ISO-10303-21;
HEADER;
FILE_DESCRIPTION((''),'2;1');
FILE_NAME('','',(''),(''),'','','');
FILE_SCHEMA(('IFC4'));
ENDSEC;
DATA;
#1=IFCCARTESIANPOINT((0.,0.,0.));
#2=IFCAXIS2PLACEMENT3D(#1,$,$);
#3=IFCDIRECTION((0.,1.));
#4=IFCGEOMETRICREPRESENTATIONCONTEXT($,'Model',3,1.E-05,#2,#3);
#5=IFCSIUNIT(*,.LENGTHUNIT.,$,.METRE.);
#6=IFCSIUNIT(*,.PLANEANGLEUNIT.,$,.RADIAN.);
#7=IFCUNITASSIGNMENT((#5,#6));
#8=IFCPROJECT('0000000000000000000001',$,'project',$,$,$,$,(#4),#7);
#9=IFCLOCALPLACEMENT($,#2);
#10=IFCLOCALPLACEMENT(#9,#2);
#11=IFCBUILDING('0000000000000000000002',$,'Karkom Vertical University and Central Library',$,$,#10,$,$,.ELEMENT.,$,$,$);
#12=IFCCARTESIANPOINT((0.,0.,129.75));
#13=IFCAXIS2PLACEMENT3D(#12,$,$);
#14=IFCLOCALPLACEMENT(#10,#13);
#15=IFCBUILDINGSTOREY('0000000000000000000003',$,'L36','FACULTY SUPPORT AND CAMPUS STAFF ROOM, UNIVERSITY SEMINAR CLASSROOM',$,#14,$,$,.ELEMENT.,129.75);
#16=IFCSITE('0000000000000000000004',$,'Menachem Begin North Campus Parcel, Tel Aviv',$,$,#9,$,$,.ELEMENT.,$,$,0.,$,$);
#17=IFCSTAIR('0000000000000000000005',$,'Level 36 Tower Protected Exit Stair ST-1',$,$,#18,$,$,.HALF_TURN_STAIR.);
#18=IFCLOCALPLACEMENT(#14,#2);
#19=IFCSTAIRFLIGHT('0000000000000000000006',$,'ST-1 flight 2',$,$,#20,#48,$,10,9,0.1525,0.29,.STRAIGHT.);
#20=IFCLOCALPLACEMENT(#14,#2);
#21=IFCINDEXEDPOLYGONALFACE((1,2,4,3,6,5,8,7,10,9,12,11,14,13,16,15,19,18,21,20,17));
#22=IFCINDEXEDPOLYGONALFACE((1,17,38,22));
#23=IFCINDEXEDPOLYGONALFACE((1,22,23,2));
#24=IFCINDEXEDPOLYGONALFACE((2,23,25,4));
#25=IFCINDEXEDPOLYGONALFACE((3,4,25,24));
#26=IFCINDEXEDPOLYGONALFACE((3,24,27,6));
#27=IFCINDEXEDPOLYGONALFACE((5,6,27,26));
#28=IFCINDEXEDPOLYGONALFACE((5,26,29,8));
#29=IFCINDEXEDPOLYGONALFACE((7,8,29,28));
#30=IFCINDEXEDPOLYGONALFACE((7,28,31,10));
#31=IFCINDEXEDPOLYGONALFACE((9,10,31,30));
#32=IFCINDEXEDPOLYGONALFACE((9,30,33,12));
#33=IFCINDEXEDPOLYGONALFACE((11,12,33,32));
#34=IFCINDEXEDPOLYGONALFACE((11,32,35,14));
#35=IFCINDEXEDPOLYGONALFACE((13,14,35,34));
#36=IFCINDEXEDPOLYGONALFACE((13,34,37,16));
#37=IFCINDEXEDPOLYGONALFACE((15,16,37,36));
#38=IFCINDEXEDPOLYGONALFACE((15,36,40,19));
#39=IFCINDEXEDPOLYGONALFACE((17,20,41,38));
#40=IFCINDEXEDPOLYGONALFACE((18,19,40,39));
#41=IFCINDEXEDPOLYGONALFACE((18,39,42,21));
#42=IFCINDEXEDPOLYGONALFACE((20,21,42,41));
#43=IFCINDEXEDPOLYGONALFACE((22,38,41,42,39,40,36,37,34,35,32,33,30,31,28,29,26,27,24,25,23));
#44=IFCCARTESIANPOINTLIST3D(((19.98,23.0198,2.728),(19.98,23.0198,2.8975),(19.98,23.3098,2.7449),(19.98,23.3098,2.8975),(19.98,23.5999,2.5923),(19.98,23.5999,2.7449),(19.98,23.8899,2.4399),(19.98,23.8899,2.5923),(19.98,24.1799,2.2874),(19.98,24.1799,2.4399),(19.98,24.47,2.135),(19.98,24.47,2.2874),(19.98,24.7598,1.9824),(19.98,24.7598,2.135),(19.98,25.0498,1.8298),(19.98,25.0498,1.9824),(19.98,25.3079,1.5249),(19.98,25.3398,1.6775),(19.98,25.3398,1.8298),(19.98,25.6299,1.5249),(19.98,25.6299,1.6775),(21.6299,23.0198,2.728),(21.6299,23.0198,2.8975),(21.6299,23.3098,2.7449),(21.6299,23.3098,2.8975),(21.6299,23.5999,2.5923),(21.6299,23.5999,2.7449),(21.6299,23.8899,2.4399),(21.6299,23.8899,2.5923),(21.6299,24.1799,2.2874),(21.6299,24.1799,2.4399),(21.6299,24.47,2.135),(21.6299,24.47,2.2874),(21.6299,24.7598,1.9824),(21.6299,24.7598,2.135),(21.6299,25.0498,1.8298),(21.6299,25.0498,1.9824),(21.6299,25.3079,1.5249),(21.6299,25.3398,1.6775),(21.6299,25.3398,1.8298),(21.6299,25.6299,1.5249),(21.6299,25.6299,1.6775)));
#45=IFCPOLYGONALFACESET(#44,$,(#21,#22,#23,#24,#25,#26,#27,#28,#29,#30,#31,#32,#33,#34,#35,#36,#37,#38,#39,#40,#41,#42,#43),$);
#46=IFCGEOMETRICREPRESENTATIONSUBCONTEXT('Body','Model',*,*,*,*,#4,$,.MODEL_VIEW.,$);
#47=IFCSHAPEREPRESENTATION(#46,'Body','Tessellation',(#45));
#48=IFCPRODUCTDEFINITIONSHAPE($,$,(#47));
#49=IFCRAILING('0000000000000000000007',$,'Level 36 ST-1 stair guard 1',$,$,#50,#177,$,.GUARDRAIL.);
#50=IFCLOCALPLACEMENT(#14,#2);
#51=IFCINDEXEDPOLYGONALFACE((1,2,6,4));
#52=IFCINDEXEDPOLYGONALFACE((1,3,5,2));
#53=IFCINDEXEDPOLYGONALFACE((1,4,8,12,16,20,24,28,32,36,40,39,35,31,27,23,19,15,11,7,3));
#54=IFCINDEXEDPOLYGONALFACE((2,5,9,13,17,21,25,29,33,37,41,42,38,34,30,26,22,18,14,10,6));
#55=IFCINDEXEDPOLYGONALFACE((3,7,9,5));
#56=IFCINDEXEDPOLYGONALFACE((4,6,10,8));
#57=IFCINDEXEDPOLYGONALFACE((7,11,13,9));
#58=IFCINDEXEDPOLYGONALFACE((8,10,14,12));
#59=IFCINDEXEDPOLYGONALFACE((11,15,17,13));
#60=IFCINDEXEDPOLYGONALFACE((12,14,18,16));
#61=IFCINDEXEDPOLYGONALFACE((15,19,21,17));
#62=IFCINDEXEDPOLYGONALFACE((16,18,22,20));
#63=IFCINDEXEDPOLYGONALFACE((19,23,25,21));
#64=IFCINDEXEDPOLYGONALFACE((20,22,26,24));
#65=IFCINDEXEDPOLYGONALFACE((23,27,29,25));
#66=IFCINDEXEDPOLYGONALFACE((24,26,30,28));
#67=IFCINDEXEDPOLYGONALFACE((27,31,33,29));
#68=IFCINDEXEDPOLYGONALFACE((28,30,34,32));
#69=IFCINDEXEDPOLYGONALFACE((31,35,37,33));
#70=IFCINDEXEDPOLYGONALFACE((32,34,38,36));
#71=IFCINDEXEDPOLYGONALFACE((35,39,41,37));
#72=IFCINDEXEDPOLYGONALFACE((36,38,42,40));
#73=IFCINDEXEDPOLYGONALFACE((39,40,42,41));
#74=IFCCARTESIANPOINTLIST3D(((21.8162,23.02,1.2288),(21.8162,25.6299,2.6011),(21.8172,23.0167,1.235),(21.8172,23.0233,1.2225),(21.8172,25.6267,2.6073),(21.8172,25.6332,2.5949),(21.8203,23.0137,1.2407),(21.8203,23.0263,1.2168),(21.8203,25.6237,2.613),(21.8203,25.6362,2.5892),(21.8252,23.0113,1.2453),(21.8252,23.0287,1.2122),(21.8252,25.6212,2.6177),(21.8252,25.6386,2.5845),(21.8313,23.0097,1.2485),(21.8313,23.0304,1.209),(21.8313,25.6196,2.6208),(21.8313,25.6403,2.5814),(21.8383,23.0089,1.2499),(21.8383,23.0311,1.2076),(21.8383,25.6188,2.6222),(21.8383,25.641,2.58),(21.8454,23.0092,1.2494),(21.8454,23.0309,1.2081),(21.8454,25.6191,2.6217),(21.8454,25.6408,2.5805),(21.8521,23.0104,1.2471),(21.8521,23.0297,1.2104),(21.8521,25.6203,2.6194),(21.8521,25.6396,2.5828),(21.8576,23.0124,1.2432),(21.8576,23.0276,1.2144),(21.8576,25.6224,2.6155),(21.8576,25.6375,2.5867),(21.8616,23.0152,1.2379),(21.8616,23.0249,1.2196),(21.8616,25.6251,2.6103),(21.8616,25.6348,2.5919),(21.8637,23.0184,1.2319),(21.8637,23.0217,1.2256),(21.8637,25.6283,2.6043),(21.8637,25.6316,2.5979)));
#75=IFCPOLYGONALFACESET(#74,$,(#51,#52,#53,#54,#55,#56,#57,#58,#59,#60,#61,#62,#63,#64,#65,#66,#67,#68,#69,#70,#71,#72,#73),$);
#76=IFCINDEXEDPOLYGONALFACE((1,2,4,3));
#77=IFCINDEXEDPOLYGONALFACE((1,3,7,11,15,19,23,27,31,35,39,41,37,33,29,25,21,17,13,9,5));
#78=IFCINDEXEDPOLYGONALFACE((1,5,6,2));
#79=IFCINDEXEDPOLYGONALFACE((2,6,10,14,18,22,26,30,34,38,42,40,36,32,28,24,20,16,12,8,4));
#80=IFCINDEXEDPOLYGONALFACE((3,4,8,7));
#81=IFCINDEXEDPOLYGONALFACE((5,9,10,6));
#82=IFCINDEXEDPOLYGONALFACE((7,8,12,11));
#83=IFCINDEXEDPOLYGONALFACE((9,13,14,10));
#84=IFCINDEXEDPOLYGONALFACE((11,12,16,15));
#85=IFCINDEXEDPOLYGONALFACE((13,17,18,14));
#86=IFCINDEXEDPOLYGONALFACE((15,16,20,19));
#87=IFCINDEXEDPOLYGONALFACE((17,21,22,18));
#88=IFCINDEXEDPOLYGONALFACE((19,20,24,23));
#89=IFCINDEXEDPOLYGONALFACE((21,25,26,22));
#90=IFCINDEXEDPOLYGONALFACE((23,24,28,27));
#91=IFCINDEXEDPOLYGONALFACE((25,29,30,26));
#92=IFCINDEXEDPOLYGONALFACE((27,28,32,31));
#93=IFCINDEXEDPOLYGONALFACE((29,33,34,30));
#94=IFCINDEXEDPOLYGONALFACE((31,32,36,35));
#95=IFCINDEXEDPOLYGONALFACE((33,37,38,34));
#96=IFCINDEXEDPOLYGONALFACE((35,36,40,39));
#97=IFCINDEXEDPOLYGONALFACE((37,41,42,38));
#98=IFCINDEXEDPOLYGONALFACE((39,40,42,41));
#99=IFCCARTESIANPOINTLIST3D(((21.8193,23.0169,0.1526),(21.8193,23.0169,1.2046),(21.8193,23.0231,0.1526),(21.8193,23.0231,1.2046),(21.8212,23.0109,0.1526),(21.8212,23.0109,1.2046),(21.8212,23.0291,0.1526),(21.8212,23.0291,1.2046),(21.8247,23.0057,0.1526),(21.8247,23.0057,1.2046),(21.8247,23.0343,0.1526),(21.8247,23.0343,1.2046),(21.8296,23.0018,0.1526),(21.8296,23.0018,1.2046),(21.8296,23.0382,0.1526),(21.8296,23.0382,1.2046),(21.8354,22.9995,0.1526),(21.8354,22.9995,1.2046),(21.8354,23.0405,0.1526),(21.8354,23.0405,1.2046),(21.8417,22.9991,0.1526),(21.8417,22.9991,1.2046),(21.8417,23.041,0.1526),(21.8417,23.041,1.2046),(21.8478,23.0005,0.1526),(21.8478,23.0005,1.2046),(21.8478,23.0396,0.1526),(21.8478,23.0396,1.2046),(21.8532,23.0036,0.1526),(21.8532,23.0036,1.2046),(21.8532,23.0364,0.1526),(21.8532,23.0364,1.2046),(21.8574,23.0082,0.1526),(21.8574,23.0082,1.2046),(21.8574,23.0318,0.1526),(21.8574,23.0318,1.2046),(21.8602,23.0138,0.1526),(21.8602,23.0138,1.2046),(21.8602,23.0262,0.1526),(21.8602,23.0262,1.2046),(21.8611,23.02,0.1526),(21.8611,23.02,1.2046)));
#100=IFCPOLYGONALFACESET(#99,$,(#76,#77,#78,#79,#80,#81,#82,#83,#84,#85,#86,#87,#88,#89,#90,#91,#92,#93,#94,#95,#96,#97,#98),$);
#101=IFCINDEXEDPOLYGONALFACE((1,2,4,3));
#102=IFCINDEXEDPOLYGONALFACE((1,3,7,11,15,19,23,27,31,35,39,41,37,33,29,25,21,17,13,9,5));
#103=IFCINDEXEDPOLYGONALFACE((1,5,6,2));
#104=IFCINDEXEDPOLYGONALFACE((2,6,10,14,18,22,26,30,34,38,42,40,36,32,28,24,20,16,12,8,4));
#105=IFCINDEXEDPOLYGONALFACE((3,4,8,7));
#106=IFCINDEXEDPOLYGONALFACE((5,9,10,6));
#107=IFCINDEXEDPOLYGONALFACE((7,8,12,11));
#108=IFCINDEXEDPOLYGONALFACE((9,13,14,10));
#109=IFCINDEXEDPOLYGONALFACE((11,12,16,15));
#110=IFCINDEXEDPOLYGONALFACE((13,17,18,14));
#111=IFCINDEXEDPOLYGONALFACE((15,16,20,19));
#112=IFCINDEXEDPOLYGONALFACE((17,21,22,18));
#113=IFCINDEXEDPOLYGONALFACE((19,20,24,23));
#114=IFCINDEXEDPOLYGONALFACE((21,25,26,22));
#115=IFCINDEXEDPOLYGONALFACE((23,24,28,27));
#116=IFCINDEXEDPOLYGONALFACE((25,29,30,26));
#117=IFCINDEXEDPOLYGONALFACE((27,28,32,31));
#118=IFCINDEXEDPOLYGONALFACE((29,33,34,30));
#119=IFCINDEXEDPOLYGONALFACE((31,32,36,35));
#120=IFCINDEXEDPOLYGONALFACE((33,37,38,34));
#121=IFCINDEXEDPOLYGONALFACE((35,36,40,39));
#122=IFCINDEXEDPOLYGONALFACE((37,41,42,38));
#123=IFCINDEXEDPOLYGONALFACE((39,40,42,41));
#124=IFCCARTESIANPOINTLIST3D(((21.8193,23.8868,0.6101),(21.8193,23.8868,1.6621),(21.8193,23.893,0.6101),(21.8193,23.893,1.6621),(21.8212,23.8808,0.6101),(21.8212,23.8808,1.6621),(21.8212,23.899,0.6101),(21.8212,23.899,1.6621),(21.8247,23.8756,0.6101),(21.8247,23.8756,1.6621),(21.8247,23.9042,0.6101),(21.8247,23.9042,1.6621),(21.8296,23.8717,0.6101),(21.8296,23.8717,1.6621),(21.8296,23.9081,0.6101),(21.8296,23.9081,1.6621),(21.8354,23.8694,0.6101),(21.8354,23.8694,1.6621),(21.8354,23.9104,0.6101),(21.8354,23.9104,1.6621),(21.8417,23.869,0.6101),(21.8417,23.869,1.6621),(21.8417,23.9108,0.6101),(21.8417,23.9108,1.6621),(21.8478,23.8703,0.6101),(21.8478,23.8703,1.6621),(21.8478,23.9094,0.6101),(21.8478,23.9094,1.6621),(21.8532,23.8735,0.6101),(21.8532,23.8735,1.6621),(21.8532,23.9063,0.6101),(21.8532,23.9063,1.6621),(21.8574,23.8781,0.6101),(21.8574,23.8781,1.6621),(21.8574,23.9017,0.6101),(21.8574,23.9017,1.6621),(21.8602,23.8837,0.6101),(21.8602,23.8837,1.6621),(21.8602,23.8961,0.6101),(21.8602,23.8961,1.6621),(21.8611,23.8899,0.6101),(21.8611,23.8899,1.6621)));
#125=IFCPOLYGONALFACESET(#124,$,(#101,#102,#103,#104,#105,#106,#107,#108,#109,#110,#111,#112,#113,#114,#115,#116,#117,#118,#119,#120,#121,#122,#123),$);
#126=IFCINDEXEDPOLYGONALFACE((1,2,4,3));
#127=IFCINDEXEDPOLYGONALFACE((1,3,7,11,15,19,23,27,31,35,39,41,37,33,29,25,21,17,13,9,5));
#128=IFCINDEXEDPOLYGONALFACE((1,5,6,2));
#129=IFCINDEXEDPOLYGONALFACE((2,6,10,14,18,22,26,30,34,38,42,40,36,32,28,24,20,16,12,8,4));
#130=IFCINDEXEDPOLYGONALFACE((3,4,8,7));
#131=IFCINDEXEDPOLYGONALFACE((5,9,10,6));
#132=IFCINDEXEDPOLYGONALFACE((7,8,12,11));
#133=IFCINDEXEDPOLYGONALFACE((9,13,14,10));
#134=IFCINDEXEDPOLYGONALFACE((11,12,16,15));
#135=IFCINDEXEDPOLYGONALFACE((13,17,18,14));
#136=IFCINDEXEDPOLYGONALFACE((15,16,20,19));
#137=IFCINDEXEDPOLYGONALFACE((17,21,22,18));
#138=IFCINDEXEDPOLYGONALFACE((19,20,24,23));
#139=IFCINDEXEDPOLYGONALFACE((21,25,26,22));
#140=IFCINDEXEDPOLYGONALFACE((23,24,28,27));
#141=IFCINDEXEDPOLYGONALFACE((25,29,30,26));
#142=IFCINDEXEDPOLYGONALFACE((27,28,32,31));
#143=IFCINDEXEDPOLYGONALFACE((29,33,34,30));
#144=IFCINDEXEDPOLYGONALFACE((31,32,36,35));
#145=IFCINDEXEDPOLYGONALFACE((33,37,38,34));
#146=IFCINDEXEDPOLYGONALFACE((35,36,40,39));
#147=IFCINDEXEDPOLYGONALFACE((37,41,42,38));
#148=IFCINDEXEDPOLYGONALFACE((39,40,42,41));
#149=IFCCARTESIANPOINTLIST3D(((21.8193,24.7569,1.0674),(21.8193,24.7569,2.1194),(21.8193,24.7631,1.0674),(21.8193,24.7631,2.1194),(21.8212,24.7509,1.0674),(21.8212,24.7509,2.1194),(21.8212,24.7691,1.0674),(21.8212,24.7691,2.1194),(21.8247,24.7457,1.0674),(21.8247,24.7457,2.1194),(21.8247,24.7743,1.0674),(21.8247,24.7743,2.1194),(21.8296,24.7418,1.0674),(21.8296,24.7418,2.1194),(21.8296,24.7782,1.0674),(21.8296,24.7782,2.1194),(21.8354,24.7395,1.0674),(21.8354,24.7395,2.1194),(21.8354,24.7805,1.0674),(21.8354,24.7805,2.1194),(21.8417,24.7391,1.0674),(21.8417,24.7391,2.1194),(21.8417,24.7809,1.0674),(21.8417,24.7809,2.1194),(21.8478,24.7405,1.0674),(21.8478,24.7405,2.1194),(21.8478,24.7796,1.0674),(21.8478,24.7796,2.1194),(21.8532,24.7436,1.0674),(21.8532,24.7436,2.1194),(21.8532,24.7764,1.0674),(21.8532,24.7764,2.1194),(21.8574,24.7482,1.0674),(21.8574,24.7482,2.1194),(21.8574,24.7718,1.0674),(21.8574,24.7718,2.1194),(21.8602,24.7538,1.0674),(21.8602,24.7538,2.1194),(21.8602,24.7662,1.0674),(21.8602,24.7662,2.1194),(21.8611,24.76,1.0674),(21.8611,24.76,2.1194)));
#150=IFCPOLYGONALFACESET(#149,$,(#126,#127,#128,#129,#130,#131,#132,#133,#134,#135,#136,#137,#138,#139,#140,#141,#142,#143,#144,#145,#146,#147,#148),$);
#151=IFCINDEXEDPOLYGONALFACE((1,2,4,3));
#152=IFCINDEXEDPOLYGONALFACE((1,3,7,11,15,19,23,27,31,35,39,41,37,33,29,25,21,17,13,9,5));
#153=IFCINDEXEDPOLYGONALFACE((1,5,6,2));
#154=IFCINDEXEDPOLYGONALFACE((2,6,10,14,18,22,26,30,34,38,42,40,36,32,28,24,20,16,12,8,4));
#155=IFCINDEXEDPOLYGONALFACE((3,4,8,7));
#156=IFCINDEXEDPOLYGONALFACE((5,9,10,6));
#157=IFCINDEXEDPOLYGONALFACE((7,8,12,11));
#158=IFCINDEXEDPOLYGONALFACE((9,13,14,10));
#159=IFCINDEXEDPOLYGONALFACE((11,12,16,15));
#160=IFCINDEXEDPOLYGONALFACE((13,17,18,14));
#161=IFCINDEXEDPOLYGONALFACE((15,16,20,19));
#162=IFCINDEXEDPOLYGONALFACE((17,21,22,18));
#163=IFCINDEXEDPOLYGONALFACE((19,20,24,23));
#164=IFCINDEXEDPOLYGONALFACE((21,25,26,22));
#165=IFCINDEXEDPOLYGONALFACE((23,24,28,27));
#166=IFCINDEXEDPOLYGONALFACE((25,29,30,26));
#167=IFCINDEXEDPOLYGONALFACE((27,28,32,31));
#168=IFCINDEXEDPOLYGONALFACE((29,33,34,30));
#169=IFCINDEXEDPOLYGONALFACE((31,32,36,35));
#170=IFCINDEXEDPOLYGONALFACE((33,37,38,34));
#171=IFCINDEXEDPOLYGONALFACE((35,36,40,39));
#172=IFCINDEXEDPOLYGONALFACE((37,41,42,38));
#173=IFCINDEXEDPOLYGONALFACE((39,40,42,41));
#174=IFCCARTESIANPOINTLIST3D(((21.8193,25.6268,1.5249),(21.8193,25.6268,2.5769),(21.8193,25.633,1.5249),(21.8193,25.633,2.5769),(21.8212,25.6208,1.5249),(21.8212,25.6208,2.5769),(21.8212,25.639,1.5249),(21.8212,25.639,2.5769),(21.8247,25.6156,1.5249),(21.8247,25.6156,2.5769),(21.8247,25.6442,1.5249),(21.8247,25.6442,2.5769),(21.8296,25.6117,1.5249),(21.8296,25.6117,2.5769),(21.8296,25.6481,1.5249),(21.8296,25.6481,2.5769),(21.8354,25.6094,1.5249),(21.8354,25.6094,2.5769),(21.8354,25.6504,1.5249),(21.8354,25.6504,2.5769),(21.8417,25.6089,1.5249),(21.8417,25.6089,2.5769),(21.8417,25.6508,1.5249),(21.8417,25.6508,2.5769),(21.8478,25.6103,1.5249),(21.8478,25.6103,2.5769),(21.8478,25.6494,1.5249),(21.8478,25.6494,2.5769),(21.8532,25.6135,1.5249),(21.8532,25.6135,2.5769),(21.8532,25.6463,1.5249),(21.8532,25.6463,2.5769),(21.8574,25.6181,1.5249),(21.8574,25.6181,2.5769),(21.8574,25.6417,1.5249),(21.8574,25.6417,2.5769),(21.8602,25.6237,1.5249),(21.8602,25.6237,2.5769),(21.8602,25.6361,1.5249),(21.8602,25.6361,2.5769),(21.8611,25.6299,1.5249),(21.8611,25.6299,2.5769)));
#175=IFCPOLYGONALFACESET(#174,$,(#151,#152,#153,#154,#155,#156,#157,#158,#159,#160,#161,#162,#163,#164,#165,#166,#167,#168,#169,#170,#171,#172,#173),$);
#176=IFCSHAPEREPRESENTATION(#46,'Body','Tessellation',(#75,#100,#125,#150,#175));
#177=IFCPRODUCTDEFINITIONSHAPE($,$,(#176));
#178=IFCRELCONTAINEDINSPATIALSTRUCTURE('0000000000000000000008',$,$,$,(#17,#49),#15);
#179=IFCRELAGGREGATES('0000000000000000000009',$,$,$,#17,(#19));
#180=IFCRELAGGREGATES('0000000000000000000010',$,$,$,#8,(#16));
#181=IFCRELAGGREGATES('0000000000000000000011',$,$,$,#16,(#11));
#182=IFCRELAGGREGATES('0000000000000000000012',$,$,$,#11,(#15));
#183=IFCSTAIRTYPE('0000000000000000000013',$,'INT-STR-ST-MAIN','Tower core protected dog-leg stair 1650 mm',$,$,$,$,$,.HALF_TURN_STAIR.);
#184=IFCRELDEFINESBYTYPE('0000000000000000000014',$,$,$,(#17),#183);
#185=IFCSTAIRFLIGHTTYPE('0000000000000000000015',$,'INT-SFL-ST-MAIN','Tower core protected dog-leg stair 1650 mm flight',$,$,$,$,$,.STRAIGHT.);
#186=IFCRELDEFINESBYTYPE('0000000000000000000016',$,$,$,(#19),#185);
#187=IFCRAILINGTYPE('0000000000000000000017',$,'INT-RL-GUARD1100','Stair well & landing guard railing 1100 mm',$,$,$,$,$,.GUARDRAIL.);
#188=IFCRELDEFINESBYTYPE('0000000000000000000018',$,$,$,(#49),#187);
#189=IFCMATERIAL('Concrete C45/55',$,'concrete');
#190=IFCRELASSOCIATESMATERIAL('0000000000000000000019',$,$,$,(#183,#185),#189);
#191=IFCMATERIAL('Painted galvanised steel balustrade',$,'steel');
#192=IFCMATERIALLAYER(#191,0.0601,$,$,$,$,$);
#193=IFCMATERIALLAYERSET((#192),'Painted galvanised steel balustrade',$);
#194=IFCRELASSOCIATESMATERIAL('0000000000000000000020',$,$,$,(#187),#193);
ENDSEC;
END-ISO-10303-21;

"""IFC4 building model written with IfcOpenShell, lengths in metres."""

from ifc_helpers import new_model, si_unit, direction, frame, origin, origin_2d, place, context, subcontext, project, spatial, polyline, circle, outline, extrude, material, layer, layer_set, type_object, element, aggregate, save


model = new_model("IFC4")

# Units and contexts
model_context = context("Model", 3, precision=1e-05, world=origin(), true_north=direction((0.0, 1.0)))
body_context = subcontext(model_context, "Body", "Model", "MODEL_VIEW")
ifc_project = project(units=[si_unit("LENGTHUNIT", "METRE"), si_unit("PLANEANGLEUNIT", "RADIAN")], contexts=[model_context])

# Site, building, storey
site_placement = place(None, origin())
site = spatial("IfcSite", under=ifc_project, at=site_placement, Name="Menachem Begin North Campus Parcel, Tel Aviv", CompositionType="ELEMENT", RefElevation=0.0)
building_placement = place(site_placement, origin())
building = spatial("IfcBuilding", under=site, at=building_placement, Name="Karkom Vertical University and Central Library", CompositionType="ELEMENT")
storey_placement = place(building_placement, frame((0.0, 0.0, 129.75)))
storey = spatial("IfcBuildingStorey", under=building, at=storey_placement, Name="L36", Description="FACULTY SUPPORT AND CAMPUS STAFF ROOM, UNIVERSITY SEMINAR CLASSROOM", CompositionType="ELEMENT", Elevation=129.75)

# Shared definitions
ifc_material_1 = material(Name="Concrete C45/55", Category="concrete")

# Stair, stair flight
stair_type = type_object("IfcStairType", Name="INT-STR-ST-MAIN", Description="Tower core protected dog-leg stair 1650 mm", PredefinedType="HALF_TURN_STAIR", material=ifc_material_1)
stair_placement = place(storey_placement, origin())
stair = element("IfcStair", 1, at=stair_placement, inside=storey, type_object=stair_type, Name="Level 36 Tower Protected Exit Stair ST-1", PredefinedType="HALF_TURN_STAIR")
stair_flight_type = type_object("IfcStairFlightType", Name="INT-SFL-ST-MAIN", Description="Tower core protected dog-leg stair 1650 mm flight", PredefinedType="STRAIGHT", material=ifc_material_1)
stair_flight_1_placement = place(storey_placement, frame((20.8049, 25.6299, 1.5249), z_axis=(0.0, 0.0, 1.0), x_axis=(0.0, -1.0, 0.0)))
stair_flight_1 = element("IfcStairFlight", 2, at=stair_flight_1_placement, type_object=stair_flight_type, Name="ST-1 flight 2", NumberOfRisers=10, NumberOfTreads=9, PredefinedType="STRAIGHT", RiserHeight=0.1525, TreadLength=0.29, context=body_context, shape_type="SweptSolid", body=[
    extrude(outline(polyline([(0.0, 0.0), (0.0, 0.1526), (0.29, 0.1526), (0.29, 0.3049), (0.5801, 0.3049), (0.5801, 0.4575), (0.8701, 0.4575), (0.8701, 0.6101), (1.1599, 0.6101), (1.1599, 0.7625), (1.45, 0.7625), (1.45, 0.915), (1.74, 0.915), (1.74, 1.0674), (2.03, 1.0674), (2.03, 1.22), (2.3201, 1.22), (2.3201, 1.3726), (2.6101, 1.3726), (2.6101, 1.5249), (2.6101, 1.2031), (0.322, 0.0), (0.0, 0.0)])), frame((0.0, 0.825, 0.0), z_axis=(0.0, -1.0, 0.0), x_axis=(1.0, 0.0, 0.0)), (0.0, 0.0, 1.0), 1.6499),
])
aggregate(stair, [stair_flight_1])

# Railing
ifc_material_2 = material(Name="Painted galvanised steel balustrade", Category="steel")
ifc_layer_1 = layer(ifc_material_2, 0.0601)
ifc_layer_set_1 = layer_set([ifc_layer_1], Name="Painted galvanised steel balustrade")
railing_type_1 = type_object("IfcRailingType", Name="INT-RL-GUARD1100", Description="Stair well & landing guard railing 1100 mm", PredefinedType="GUARDRAIL", material=ifc_layer_set_1)
railing_1_placement = place(storey_placement, frame((21.8401, 23.02, 0.1526)))
element("IfcRailing", 3, at=railing_1_placement, inside=storey, type_object=railing_type_1, Name="Level 36 ST-1 stair guard 1", PredefinedType="GUARDRAIL", context=body_context, shape_type="SweptSolid", body=[
    extrude(circle(Radius=0.0239, at=origin_2d()), frame((0.0, 0.0, 1.0762), z_axis=(0.0, 0.8851, 0.465402), x_axis=(-1.0, 0.0, 0.0)), (0.0, 0.0, 1.0), 2.9487),
    extrude(circle(Radius=0.021, at=origin_2d()), origin(), (0.0, 0.0, 1.0), 1.052),
    extrude(circle(Radius=0.021, at=origin_2d()), frame((0.0, 0.8699, 0.4575)), (0.0, 0.0, 1.0), 1.052),
    extrude(circle(Radius=0.021, at=origin_2d()), frame((0.0, 1.74, 0.9148)), (0.0, 0.0, 1.0), 1.052),
    extrude(circle(Radius=0.021, at=origin_2d()), frame((0.0, 2.6099, 1.3723)), (0.0, 0.0, 1.0), 1.052),
])

save(model, "model.ifc")
